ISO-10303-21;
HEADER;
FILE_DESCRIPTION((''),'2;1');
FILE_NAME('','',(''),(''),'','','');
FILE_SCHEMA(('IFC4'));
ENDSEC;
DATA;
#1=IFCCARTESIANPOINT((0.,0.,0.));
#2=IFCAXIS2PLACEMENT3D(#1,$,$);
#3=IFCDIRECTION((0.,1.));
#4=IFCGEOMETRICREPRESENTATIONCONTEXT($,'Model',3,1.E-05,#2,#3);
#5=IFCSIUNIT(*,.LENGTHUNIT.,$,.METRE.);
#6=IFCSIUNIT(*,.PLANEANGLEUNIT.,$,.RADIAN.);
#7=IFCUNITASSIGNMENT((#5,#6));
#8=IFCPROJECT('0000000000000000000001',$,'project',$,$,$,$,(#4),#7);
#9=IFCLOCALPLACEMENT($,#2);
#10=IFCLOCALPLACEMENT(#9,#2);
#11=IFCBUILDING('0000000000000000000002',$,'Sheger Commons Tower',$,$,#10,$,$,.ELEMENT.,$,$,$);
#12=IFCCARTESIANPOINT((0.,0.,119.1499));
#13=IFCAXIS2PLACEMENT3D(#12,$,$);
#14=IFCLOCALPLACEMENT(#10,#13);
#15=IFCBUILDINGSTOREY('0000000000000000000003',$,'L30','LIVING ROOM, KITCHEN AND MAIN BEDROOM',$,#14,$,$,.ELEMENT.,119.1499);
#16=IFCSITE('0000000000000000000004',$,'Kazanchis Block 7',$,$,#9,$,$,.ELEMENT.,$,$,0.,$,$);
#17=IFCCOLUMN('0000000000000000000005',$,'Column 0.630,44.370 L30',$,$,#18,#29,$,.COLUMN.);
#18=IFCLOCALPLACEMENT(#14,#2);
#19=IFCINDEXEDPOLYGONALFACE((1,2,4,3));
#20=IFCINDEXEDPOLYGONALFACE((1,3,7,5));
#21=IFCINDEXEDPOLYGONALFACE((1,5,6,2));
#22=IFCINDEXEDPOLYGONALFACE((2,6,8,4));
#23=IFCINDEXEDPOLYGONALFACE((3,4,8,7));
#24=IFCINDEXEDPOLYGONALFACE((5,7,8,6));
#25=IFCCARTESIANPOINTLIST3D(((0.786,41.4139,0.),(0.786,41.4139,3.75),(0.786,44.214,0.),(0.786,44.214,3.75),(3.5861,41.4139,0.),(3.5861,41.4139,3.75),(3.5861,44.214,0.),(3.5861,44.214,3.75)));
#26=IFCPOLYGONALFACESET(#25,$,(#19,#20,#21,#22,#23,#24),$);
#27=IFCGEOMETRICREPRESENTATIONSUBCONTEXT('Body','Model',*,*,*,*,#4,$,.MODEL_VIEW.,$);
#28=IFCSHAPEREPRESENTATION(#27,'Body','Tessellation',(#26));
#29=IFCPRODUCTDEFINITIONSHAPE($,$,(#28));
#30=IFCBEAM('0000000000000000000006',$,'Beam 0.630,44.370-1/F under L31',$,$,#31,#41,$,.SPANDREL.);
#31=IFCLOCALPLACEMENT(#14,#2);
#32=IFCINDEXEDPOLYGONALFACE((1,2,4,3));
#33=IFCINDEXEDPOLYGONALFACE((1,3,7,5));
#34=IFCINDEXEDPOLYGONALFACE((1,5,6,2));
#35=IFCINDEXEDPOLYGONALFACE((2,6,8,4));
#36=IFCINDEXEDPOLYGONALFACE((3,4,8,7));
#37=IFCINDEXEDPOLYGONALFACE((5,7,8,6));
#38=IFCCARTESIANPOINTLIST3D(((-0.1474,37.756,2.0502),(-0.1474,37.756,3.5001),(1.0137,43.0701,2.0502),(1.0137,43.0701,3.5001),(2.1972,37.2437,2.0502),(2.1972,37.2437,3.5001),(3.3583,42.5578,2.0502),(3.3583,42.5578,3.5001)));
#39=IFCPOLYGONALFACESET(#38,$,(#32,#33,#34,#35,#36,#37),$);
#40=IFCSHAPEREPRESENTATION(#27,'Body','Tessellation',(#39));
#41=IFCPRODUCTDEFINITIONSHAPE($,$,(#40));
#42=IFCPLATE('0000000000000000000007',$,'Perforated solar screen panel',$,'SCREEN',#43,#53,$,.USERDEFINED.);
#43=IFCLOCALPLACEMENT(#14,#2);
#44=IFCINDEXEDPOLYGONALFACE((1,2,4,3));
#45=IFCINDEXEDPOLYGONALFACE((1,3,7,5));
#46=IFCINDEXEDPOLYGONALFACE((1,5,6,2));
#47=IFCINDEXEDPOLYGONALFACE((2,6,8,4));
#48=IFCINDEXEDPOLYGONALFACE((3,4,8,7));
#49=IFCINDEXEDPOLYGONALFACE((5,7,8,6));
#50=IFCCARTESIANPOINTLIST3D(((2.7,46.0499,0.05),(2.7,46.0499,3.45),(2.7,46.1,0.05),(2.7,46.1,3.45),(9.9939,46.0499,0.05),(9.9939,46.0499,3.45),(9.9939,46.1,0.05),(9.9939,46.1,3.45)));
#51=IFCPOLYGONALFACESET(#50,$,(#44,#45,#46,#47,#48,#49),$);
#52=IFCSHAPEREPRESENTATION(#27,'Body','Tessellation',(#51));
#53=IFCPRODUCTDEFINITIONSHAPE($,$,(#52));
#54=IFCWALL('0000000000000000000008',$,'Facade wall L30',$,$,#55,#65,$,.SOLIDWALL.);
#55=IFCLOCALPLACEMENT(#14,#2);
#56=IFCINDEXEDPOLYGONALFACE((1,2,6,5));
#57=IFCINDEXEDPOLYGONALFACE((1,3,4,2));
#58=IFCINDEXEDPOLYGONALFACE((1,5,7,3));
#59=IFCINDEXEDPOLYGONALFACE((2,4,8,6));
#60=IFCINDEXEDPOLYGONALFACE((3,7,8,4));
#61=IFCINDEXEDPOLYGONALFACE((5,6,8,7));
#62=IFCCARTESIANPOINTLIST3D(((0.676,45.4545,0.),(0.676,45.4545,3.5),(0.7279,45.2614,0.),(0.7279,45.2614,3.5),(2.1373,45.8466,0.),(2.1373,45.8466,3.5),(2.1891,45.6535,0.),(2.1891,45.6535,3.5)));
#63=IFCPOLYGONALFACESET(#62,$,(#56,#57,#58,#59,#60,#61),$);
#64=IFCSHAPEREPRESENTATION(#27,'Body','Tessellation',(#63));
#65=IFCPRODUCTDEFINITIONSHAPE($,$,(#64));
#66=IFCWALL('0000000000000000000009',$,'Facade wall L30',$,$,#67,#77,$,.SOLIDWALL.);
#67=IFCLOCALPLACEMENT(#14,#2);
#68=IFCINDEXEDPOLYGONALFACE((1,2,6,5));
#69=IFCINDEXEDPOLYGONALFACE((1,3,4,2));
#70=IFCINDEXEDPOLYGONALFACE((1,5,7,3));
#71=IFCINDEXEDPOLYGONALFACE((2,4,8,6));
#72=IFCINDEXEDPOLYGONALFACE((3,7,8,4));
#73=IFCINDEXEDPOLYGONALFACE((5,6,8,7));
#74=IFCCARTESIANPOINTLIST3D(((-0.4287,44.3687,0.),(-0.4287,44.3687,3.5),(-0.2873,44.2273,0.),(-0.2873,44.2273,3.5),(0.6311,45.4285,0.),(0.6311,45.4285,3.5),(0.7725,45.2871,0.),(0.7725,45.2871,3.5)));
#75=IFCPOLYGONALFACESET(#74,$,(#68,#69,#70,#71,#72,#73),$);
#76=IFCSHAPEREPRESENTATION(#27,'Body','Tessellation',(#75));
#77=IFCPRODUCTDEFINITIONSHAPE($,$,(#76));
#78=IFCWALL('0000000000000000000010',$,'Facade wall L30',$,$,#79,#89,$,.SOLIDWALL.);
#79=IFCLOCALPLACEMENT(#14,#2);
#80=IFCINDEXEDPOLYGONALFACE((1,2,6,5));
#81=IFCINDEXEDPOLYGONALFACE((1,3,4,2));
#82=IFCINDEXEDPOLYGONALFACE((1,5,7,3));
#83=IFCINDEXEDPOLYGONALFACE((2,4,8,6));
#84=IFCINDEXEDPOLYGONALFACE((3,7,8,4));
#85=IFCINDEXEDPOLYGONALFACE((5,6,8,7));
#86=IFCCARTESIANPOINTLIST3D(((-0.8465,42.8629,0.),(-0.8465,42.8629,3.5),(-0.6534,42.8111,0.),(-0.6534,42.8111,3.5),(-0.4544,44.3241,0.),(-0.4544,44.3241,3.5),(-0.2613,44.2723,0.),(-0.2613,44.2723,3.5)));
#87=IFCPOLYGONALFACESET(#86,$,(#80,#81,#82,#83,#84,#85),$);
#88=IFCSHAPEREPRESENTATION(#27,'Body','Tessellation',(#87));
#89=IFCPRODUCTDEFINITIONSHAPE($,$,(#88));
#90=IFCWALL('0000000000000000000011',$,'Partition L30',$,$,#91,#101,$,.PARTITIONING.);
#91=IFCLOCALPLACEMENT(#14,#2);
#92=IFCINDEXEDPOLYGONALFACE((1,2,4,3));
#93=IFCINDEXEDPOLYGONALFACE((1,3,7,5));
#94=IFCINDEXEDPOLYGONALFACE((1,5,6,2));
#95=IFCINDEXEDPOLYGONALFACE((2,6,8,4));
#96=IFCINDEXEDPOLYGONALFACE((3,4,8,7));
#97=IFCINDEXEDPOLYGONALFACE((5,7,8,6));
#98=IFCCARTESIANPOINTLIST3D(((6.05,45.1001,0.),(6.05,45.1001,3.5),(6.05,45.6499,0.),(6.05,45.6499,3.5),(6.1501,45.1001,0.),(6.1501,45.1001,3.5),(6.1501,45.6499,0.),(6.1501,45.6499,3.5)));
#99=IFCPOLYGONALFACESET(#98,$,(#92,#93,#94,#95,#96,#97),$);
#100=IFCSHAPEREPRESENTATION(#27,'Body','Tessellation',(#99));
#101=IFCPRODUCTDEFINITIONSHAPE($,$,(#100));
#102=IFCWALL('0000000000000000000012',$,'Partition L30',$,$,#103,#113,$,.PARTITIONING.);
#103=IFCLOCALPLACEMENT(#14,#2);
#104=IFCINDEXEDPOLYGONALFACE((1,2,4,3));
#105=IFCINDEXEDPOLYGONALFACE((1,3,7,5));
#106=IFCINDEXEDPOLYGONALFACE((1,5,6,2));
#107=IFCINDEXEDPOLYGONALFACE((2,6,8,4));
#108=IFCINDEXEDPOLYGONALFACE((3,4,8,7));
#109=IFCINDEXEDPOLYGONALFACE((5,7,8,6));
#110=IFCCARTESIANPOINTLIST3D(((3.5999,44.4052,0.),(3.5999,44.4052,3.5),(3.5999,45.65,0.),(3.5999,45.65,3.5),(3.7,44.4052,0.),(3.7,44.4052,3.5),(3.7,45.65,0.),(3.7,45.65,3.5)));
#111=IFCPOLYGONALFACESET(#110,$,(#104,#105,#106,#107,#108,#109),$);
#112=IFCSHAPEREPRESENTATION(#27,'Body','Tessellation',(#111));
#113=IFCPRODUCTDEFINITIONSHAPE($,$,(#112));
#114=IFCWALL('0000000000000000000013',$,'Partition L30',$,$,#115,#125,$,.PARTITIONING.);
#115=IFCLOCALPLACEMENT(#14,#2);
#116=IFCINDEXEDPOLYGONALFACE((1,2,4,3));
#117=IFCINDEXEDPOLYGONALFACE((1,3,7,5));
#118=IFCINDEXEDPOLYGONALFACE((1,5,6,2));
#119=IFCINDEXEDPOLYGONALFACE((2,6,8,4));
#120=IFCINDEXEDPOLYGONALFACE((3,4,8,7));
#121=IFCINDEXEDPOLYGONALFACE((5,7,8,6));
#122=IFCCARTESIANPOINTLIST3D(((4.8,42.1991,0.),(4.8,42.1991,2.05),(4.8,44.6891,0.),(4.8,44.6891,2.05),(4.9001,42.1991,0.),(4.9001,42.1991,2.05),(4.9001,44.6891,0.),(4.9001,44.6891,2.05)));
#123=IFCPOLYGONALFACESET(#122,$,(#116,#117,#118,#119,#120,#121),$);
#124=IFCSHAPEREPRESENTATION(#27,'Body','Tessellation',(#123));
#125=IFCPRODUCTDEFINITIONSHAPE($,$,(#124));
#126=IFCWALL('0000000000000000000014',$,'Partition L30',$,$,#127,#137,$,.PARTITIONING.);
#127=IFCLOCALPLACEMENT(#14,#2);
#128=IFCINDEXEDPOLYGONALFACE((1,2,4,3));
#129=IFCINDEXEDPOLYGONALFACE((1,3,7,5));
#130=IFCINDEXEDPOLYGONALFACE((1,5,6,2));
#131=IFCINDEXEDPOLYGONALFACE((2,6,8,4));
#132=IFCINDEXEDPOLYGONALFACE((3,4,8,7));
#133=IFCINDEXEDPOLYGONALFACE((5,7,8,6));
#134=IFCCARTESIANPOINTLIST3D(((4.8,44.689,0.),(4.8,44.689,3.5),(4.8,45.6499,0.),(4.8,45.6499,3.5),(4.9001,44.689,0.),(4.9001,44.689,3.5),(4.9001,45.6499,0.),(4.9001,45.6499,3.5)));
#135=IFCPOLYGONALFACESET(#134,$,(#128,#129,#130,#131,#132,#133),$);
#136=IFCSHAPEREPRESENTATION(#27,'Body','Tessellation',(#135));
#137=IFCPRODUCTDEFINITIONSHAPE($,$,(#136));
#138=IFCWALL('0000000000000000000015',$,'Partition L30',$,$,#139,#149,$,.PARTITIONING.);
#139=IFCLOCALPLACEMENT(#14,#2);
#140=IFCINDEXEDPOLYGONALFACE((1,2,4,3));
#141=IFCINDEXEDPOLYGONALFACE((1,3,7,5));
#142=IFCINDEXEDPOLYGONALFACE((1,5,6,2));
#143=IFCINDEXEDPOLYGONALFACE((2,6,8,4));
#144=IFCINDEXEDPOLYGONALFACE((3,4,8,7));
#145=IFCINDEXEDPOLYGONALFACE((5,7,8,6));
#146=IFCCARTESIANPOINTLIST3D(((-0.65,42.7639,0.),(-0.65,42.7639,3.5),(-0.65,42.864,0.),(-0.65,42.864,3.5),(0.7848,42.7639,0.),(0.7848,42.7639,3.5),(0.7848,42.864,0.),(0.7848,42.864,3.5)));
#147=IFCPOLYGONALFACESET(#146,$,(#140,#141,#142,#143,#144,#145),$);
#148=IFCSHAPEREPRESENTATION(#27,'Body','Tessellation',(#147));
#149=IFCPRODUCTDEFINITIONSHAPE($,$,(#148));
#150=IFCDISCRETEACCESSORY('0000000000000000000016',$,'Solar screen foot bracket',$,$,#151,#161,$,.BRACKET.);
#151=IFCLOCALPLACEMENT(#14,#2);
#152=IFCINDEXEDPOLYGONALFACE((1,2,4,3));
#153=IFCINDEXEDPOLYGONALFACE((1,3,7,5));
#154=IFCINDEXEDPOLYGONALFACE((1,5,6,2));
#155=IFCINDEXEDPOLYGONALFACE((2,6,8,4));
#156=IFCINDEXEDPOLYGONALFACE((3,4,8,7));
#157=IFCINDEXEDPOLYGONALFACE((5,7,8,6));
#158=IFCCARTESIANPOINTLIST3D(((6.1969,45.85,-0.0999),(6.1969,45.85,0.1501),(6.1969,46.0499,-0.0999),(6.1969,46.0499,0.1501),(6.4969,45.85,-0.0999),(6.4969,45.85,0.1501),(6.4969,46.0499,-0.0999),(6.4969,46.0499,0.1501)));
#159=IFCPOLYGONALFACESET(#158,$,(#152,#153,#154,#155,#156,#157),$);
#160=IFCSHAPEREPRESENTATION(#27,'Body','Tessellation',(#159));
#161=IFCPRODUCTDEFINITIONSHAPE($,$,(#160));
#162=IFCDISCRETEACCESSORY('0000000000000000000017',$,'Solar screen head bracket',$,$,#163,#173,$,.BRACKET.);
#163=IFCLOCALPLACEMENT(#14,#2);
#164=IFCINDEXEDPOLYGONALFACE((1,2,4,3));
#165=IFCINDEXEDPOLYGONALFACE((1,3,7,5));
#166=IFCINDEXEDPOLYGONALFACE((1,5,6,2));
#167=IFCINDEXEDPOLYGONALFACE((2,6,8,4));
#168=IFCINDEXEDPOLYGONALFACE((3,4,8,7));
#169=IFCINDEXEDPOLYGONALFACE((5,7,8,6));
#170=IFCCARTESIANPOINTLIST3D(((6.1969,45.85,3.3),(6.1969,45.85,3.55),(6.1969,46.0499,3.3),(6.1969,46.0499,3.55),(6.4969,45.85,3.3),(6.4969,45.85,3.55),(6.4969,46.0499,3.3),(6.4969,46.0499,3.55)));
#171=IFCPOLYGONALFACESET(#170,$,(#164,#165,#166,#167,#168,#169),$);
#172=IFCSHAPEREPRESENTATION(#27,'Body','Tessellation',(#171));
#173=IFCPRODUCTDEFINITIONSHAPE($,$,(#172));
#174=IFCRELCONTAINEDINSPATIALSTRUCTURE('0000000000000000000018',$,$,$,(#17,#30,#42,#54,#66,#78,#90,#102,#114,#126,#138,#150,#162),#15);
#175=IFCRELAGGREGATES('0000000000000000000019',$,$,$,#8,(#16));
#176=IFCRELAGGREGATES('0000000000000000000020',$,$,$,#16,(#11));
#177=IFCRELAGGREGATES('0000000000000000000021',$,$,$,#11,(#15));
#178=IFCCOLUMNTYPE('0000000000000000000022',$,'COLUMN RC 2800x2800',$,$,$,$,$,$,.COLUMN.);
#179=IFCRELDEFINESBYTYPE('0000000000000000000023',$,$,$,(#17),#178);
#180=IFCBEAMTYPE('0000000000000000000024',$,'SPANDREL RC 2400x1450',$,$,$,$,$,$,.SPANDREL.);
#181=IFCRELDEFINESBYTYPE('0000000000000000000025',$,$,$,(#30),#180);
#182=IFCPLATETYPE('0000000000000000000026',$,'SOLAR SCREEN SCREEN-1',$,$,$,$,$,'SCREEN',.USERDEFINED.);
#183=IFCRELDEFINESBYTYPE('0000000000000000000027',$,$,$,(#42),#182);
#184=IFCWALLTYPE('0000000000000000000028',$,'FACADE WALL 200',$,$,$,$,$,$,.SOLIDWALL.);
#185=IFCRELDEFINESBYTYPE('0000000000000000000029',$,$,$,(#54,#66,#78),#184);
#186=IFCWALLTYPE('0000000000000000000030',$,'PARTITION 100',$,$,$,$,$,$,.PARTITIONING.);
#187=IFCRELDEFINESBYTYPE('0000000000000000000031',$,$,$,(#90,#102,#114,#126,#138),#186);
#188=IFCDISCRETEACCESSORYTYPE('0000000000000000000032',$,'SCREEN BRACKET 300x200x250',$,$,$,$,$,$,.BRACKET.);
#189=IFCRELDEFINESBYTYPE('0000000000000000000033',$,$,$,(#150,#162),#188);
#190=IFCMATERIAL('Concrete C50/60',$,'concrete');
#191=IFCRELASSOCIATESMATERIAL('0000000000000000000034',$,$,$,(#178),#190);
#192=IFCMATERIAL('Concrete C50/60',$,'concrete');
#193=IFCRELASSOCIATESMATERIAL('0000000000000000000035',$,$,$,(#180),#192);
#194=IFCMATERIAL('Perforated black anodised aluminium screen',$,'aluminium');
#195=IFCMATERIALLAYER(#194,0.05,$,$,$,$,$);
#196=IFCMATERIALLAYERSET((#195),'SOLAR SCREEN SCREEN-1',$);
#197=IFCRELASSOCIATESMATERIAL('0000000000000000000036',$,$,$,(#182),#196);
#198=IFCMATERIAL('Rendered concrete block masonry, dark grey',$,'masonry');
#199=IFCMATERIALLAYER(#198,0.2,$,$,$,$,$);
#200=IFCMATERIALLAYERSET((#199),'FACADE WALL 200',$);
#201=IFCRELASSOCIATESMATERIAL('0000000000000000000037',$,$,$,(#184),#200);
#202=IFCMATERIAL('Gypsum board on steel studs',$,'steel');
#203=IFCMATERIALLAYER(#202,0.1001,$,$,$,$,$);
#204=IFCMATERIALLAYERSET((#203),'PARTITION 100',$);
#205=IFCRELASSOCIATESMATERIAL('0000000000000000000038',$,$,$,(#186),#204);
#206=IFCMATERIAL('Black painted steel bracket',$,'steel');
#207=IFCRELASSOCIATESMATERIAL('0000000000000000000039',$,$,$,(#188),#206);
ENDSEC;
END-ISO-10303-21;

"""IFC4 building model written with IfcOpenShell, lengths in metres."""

from ifc_helpers import new_model, si_unit, direction, frame, frame_2d, origin, origin_2d, place, context, subcontext, project, spatial, rectangle, extrude, material, layer, layer_set, material_profile, profile_set, type_object, element, save


model = new_model("IFC4")

# Units and contexts
model_context = context("Model", 3, precision=1e-05, world=origin(), true_north=direction((0.0, 1.0)))
body_context = subcontext(model_context, "Body", "Model", "MODEL_VIEW")
ifc_project = project(units=[si_unit("LENGTHUNIT", "METRE"), si_unit("PLANEANGLEUNIT", "RADIAN")], contexts=[model_context])

# Site, building, storey
site_placement = place(None, origin())
site = spatial("IfcSite", under=ifc_project, at=site_placement, Name="Kazanchis Block 7", CompositionType="ELEMENT", RefElevation=0.0)
building_placement = place(site_placement, origin())
building = spatial("IfcBuilding", under=site, at=building_placement, Name="Sheger Commons Tower", CompositionType="ELEMENT")
storey_placement = place(building_placement, frame((0.0, 0.0, 119.1499)))
storey = spatial("IfcBuildingStorey", under=building, at=storey_placement, Name="L30", Description="LIVING ROOM, KITCHEN AND MAIN BEDROOM", CompositionType="ELEMENT", Elevation=119.1499)

# Column
ifc_material_1 = material(Name="Concrete C50/60", Category="concrete")
ifc_material_profile_1 = material_profile(ifc_material_1, rectangle(XDim=2.8, YDim=2.8, at=origin_2d()), Name="RC 2800x2800")
ifc_profile_set_1 = profile_set([ifc_material_profile_1], Name="Concrete C50/60")
column_type = type_object("IfcColumnType", Name="COLUMN RC 2800x2800", PredefinedType="COLUMN", material=ifc_profile_set_1)
column_placement = place(storey_placement, frame((2.186, 42.814, 0.0), z_axis=(0.0, 0.0, 1.0), x_axis=(1.0, 0.0, 0.0)))
element("IfcColumn", 1, at=column_placement, inside=storey, type_object=column_type, Name="Column 0.630,44.370 L30", PredefinedType="COLUMN", context=body_context, shape_type="SweptSolid", body=[
    extrude(rectangle(XDim=2.8, YDim=2.8, at=origin_2d()), origin(), (0.0, 0.0, 1.0), 3.75),
])

# Beam
ifc_material_2 = material(Name="Concrete C50/60", Category="concrete")
ifc_material_profile_2 = material_profile(ifc_material_2, rectangle(XDim=2.3999, YDim=1.45, at=origin_2d()), Name="RC 2400x1450")
ifc_profile_set_2 = profile_set([ifc_material_profile_2], Name="Concrete C50/60")
beam_type = type_object("IfcBeamType", Name="SPANDREL RC 2400x1450", PredefinedType="SPANDREL", material=ifc_profile_set_2)
beam_placement = place(storey_placement, frame((2.186, 42.814, 2.7751), z_axis=(-0.213469, -0.97695, 0.0), x_axis=(0.97695, -0.213469, 0.0)))
element("IfcBeam", 2, at=beam_placement, inside=storey, type_object=beam_type, Name="Beam 0.630,44.370-1/F under L31", PredefinedType="SPANDREL", context=body_context, shape_type="SweptSolid", body=[
    extrude(rectangle(XDim=2.3999, YDim=1.45, at=origin_2d()), origin(), (0.0, 0.0, 1.0), 5.4395),
])

# Plate
ifc_material_3 = material(Name="Perforated black anodised aluminium screen", Category="aluminium")
ifc_layer_1 = layer(ifc_material_3, 0.05)
ifc_layer_set_1 = layer_set([ifc_layer_1], Name="SOLAR SCREEN SCREEN-1")
plate_type = type_object("IfcPlateType", Name="SOLAR SCREEN SCREEN-1", ElementType="SCREEN", PredefinedType="USERDEFINED", material=ifc_layer_set_1)
plate_placement = place(storey_placement, frame((6.3469, 46.075, 0.05), z_axis=(0.0, 0.0, 1.0), x_axis=(-1.0, 0.0, 0.0)))
element("IfcPlate", 3, at=plate_placement, inside=storey, type_object=plate_type, Name="Perforated solar screen panel", ObjectType="SCREEN", PredefinedType="USERDEFINED", context=body_context, shape_type="SweptSolid", body=[
    extrude(rectangle(XDim=7.2939, YDim=0.05, at=origin_2d()), origin(), (0.0, 0.0, 1.0), 3.3999),
])

# Walls
ifc_material_4 = material(Name="Rendered concrete block masonry, dark grey", Category="masonry")
ifc_layer_2 = layer(ifc_material_4, 0.2)
ifc_layer_set_2 = layer_set([ifc_layer_2], Name="FACADE WALL 200")
wall_type_1 = type_object("IfcWallType", Name="FACADE WALL 200", PredefinedType="SOLIDWALL", material=ifc_layer_set_2)
wall_1_placement = place(storey_placement, frame((2.1631, 45.75, 0.0), z_axis=(0.0, 0.0, 1.0), x_axis=(-0.965832, -0.259169, 0.0)))
element("IfcWall", 4, at=wall_1_placement, inside=storey, type_object=wall_type_1, Name="Facade wall L30", PredefinedType="SOLIDWALL", context=body_context, shape_type="SweptSolid", body=[
    extrude(rectangle(XDim=1.5129, YDim=0.2, at=frame_2d((0.7563, 0.0))), origin(), (0.0, 0.0, 1.0), 3.5),
])
wall_2_placement = place(storey_placement, frame((0.7019, 45.3579, 0.0), z_axis=(0.0, 0.0, 1.0), x_axis=(-0.707107, -0.707107, 0.0)))
element("IfcWall", 5, at=wall_2_placement, inside=storey, type_object=wall_type_1, Name="Facade wall L30", PredefinedType="SOLIDWALL", context=body_context, shape_type="SweptSolid", body=[
    extrude(rectangle(XDim=1.4988, YDim=0.2, at=frame_2d((0.7495, 0.0))), origin(), (0.0, 0.0, 1.0), 3.5),
])
wall_3_placement = place(storey_placement, frame((-0.3579, 44.2981, 0.0), z_axis=(0.0, 0.0, 1.0), x_axis=(-0.259169, -0.965832, 0.0)))
element("IfcWall", 6, at=wall_3_placement, inside=storey, type_object=wall_type_1, Name="Facade wall L30", PredefinedType="SOLIDWALL", context=body_context, shape_type="SweptSolid", body=[
    extrude(rectangle(XDim=1.5129, YDim=0.2, at=frame_2d((0.7563, 0.0))), origin(), (0.0, 0.0, 1.0), 3.5),
])

# Walls
ifc_material_5 = material(Name="Gypsum board on steel studs", Category="steel")
ifc_layer_3 = layer(ifc_material_5, 0.1001)
ifc_layer_set_3 = layer_set([ifc_layer_3], Name="PARTITION 100")
wall_type_2 = type_object("IfcWallType", Name="PARTITION 100", PredefinedType="PARTITIONING", material=ifc_layer_set_3)
wall_4_placement = place(storey_placement, frame((6.1001, 45.1001, 0.0), z_axis=(0.0, 0.0, 1.0), x_axis=(0.0, 1.0, 0.0)))
element("IfcWall", 7, at=wall_4_placement, inside=storey, type_object=wall_type_2, Name="Partition L30", PredefinedType="PARTITIONING", context=body_context, shape_type="SweptSolid", body=[
    extrude(rectangle(XDim=0.5498, YDim=0.1001, at=frame_2d((0.2749, 0.0))), origin(), (0.0, 0.0, 1.0), 3.5),
])
wall_5_placement = place(storey_placement, frame((3.6499, 44.405, 0.0), z_axis=(0.0, 0.0, 1.0), x_axis=(0.0, 1.0, 0.0)))
element("IfcWall", 8, at=wall_5_placement, inside=storey, type_object=wall_type_2, Name="Partition L30", PredefinedType="PARTITIONING", context=body_context, shape_type="SweptSolid", body=[
    extrude(rectangle(XDim=1.2449, YDim=0.1001, at=frame_2d((0.6226, 0.0))), origin(), (0.0, 0.0, 1.0), 3.5),
])
wall_6_placement = place(storey_placement, frame((4.8501, 42.199, 0.0), z_axis=(0.0, 0.0, 1.0), x_axis=(0.0, 1.0, 0.0)))
element("IfcWall", 9, at=wall_6_placement, inside=storey, type_object=wall_type_2, Name="Partition L30", PredefinedType="PARTITIONING", context=body_context, shape_type="SweptSolid", body=[
    extrude(rectangle(XDim=2.49, YDim=0.1001, at=frame_2d((1.2451, 0.0))), origin(), (0.0, 0.0, 1.0), 2.05),
])
wall_7_placement = place(storey_placement, frame((4.8501, 44.689, 0.0), z_axis=(0.0, 0.0, 1.0), x_axis=(0.0, 1.0, 0.0)))
element("IfcWall", 10, at=wall_7_placement, inside=storey, type_object=wall_type_2, Name="Partition L30", PredefinedType="PARTITIONING", context=body_context, shape_type="SweptSolid", body=[
    extrude(rectangle(XDim=0.9609, YDim=0.1001, at=frame_2d((0.4805, 0.0))), origin(), (0.0, 0.0, 1.0), 3.5),
])
wall_8_placement = place(storey_placement, frame((-0.6499, 42.814, 0.0), z_axis=(0.0, 0.0, 1.0), x_axis=(1.0, 0.0, 0.0)))
element("IfcWall", 11, at=wall_8_placement, inside=storey, type_object=wall_type_2, Name="Partition L30", PredefinedType="PARTITIONING", context=body_context, shape_type="SweptSolid", body=[
    extrude(rectangle(XDim=1.4348, YDim=0.1001, at=frame_2d((0.7173, 0.0))), origin(), (0.0, 0.0, 1.0), 3.5),
])

# Discrete accessories
ifc_material_6 = material(Name="Black painted steel bracket", Category="steel")
discrete_accessory_type = type_object("IfcDiscreteAccessoryType", Name="SCREEN BRACKET 300x200x250", PredefinedType="BRACKET", material=ifc_material_6)
for number, where, z_axis, x_axis, name in (
    (12, (6.3469, 45.95, -0.0999), (0.0, 0.0, 1.0), (-1.0, 0.0, 0.0), "Solar screen foot bracket"),
    (13, (6.3469, 45.95, 3.3), (0.0, 0.0, 1.0), (-1.0, 0.0, 0.0), "Solar screen head bracket"),
):
    element("IfcDiscreteAccessory", number, at=place(storey_placement, frame(where, z_axis=z_axis, x_axis=x_axis)), inside=storey, type_object=discrete_accessory_type, Name=name, PredefinedType="BRACKET", context=body_context, shape_type="SweptSolid", body=[
        extrude(rectangle(XDim=0.3, YDim=0.2, at=origin_2d()), origin(), (0.0, 0.0, 1.0), 0.25),
    ])

save(model, "model.ifc")
